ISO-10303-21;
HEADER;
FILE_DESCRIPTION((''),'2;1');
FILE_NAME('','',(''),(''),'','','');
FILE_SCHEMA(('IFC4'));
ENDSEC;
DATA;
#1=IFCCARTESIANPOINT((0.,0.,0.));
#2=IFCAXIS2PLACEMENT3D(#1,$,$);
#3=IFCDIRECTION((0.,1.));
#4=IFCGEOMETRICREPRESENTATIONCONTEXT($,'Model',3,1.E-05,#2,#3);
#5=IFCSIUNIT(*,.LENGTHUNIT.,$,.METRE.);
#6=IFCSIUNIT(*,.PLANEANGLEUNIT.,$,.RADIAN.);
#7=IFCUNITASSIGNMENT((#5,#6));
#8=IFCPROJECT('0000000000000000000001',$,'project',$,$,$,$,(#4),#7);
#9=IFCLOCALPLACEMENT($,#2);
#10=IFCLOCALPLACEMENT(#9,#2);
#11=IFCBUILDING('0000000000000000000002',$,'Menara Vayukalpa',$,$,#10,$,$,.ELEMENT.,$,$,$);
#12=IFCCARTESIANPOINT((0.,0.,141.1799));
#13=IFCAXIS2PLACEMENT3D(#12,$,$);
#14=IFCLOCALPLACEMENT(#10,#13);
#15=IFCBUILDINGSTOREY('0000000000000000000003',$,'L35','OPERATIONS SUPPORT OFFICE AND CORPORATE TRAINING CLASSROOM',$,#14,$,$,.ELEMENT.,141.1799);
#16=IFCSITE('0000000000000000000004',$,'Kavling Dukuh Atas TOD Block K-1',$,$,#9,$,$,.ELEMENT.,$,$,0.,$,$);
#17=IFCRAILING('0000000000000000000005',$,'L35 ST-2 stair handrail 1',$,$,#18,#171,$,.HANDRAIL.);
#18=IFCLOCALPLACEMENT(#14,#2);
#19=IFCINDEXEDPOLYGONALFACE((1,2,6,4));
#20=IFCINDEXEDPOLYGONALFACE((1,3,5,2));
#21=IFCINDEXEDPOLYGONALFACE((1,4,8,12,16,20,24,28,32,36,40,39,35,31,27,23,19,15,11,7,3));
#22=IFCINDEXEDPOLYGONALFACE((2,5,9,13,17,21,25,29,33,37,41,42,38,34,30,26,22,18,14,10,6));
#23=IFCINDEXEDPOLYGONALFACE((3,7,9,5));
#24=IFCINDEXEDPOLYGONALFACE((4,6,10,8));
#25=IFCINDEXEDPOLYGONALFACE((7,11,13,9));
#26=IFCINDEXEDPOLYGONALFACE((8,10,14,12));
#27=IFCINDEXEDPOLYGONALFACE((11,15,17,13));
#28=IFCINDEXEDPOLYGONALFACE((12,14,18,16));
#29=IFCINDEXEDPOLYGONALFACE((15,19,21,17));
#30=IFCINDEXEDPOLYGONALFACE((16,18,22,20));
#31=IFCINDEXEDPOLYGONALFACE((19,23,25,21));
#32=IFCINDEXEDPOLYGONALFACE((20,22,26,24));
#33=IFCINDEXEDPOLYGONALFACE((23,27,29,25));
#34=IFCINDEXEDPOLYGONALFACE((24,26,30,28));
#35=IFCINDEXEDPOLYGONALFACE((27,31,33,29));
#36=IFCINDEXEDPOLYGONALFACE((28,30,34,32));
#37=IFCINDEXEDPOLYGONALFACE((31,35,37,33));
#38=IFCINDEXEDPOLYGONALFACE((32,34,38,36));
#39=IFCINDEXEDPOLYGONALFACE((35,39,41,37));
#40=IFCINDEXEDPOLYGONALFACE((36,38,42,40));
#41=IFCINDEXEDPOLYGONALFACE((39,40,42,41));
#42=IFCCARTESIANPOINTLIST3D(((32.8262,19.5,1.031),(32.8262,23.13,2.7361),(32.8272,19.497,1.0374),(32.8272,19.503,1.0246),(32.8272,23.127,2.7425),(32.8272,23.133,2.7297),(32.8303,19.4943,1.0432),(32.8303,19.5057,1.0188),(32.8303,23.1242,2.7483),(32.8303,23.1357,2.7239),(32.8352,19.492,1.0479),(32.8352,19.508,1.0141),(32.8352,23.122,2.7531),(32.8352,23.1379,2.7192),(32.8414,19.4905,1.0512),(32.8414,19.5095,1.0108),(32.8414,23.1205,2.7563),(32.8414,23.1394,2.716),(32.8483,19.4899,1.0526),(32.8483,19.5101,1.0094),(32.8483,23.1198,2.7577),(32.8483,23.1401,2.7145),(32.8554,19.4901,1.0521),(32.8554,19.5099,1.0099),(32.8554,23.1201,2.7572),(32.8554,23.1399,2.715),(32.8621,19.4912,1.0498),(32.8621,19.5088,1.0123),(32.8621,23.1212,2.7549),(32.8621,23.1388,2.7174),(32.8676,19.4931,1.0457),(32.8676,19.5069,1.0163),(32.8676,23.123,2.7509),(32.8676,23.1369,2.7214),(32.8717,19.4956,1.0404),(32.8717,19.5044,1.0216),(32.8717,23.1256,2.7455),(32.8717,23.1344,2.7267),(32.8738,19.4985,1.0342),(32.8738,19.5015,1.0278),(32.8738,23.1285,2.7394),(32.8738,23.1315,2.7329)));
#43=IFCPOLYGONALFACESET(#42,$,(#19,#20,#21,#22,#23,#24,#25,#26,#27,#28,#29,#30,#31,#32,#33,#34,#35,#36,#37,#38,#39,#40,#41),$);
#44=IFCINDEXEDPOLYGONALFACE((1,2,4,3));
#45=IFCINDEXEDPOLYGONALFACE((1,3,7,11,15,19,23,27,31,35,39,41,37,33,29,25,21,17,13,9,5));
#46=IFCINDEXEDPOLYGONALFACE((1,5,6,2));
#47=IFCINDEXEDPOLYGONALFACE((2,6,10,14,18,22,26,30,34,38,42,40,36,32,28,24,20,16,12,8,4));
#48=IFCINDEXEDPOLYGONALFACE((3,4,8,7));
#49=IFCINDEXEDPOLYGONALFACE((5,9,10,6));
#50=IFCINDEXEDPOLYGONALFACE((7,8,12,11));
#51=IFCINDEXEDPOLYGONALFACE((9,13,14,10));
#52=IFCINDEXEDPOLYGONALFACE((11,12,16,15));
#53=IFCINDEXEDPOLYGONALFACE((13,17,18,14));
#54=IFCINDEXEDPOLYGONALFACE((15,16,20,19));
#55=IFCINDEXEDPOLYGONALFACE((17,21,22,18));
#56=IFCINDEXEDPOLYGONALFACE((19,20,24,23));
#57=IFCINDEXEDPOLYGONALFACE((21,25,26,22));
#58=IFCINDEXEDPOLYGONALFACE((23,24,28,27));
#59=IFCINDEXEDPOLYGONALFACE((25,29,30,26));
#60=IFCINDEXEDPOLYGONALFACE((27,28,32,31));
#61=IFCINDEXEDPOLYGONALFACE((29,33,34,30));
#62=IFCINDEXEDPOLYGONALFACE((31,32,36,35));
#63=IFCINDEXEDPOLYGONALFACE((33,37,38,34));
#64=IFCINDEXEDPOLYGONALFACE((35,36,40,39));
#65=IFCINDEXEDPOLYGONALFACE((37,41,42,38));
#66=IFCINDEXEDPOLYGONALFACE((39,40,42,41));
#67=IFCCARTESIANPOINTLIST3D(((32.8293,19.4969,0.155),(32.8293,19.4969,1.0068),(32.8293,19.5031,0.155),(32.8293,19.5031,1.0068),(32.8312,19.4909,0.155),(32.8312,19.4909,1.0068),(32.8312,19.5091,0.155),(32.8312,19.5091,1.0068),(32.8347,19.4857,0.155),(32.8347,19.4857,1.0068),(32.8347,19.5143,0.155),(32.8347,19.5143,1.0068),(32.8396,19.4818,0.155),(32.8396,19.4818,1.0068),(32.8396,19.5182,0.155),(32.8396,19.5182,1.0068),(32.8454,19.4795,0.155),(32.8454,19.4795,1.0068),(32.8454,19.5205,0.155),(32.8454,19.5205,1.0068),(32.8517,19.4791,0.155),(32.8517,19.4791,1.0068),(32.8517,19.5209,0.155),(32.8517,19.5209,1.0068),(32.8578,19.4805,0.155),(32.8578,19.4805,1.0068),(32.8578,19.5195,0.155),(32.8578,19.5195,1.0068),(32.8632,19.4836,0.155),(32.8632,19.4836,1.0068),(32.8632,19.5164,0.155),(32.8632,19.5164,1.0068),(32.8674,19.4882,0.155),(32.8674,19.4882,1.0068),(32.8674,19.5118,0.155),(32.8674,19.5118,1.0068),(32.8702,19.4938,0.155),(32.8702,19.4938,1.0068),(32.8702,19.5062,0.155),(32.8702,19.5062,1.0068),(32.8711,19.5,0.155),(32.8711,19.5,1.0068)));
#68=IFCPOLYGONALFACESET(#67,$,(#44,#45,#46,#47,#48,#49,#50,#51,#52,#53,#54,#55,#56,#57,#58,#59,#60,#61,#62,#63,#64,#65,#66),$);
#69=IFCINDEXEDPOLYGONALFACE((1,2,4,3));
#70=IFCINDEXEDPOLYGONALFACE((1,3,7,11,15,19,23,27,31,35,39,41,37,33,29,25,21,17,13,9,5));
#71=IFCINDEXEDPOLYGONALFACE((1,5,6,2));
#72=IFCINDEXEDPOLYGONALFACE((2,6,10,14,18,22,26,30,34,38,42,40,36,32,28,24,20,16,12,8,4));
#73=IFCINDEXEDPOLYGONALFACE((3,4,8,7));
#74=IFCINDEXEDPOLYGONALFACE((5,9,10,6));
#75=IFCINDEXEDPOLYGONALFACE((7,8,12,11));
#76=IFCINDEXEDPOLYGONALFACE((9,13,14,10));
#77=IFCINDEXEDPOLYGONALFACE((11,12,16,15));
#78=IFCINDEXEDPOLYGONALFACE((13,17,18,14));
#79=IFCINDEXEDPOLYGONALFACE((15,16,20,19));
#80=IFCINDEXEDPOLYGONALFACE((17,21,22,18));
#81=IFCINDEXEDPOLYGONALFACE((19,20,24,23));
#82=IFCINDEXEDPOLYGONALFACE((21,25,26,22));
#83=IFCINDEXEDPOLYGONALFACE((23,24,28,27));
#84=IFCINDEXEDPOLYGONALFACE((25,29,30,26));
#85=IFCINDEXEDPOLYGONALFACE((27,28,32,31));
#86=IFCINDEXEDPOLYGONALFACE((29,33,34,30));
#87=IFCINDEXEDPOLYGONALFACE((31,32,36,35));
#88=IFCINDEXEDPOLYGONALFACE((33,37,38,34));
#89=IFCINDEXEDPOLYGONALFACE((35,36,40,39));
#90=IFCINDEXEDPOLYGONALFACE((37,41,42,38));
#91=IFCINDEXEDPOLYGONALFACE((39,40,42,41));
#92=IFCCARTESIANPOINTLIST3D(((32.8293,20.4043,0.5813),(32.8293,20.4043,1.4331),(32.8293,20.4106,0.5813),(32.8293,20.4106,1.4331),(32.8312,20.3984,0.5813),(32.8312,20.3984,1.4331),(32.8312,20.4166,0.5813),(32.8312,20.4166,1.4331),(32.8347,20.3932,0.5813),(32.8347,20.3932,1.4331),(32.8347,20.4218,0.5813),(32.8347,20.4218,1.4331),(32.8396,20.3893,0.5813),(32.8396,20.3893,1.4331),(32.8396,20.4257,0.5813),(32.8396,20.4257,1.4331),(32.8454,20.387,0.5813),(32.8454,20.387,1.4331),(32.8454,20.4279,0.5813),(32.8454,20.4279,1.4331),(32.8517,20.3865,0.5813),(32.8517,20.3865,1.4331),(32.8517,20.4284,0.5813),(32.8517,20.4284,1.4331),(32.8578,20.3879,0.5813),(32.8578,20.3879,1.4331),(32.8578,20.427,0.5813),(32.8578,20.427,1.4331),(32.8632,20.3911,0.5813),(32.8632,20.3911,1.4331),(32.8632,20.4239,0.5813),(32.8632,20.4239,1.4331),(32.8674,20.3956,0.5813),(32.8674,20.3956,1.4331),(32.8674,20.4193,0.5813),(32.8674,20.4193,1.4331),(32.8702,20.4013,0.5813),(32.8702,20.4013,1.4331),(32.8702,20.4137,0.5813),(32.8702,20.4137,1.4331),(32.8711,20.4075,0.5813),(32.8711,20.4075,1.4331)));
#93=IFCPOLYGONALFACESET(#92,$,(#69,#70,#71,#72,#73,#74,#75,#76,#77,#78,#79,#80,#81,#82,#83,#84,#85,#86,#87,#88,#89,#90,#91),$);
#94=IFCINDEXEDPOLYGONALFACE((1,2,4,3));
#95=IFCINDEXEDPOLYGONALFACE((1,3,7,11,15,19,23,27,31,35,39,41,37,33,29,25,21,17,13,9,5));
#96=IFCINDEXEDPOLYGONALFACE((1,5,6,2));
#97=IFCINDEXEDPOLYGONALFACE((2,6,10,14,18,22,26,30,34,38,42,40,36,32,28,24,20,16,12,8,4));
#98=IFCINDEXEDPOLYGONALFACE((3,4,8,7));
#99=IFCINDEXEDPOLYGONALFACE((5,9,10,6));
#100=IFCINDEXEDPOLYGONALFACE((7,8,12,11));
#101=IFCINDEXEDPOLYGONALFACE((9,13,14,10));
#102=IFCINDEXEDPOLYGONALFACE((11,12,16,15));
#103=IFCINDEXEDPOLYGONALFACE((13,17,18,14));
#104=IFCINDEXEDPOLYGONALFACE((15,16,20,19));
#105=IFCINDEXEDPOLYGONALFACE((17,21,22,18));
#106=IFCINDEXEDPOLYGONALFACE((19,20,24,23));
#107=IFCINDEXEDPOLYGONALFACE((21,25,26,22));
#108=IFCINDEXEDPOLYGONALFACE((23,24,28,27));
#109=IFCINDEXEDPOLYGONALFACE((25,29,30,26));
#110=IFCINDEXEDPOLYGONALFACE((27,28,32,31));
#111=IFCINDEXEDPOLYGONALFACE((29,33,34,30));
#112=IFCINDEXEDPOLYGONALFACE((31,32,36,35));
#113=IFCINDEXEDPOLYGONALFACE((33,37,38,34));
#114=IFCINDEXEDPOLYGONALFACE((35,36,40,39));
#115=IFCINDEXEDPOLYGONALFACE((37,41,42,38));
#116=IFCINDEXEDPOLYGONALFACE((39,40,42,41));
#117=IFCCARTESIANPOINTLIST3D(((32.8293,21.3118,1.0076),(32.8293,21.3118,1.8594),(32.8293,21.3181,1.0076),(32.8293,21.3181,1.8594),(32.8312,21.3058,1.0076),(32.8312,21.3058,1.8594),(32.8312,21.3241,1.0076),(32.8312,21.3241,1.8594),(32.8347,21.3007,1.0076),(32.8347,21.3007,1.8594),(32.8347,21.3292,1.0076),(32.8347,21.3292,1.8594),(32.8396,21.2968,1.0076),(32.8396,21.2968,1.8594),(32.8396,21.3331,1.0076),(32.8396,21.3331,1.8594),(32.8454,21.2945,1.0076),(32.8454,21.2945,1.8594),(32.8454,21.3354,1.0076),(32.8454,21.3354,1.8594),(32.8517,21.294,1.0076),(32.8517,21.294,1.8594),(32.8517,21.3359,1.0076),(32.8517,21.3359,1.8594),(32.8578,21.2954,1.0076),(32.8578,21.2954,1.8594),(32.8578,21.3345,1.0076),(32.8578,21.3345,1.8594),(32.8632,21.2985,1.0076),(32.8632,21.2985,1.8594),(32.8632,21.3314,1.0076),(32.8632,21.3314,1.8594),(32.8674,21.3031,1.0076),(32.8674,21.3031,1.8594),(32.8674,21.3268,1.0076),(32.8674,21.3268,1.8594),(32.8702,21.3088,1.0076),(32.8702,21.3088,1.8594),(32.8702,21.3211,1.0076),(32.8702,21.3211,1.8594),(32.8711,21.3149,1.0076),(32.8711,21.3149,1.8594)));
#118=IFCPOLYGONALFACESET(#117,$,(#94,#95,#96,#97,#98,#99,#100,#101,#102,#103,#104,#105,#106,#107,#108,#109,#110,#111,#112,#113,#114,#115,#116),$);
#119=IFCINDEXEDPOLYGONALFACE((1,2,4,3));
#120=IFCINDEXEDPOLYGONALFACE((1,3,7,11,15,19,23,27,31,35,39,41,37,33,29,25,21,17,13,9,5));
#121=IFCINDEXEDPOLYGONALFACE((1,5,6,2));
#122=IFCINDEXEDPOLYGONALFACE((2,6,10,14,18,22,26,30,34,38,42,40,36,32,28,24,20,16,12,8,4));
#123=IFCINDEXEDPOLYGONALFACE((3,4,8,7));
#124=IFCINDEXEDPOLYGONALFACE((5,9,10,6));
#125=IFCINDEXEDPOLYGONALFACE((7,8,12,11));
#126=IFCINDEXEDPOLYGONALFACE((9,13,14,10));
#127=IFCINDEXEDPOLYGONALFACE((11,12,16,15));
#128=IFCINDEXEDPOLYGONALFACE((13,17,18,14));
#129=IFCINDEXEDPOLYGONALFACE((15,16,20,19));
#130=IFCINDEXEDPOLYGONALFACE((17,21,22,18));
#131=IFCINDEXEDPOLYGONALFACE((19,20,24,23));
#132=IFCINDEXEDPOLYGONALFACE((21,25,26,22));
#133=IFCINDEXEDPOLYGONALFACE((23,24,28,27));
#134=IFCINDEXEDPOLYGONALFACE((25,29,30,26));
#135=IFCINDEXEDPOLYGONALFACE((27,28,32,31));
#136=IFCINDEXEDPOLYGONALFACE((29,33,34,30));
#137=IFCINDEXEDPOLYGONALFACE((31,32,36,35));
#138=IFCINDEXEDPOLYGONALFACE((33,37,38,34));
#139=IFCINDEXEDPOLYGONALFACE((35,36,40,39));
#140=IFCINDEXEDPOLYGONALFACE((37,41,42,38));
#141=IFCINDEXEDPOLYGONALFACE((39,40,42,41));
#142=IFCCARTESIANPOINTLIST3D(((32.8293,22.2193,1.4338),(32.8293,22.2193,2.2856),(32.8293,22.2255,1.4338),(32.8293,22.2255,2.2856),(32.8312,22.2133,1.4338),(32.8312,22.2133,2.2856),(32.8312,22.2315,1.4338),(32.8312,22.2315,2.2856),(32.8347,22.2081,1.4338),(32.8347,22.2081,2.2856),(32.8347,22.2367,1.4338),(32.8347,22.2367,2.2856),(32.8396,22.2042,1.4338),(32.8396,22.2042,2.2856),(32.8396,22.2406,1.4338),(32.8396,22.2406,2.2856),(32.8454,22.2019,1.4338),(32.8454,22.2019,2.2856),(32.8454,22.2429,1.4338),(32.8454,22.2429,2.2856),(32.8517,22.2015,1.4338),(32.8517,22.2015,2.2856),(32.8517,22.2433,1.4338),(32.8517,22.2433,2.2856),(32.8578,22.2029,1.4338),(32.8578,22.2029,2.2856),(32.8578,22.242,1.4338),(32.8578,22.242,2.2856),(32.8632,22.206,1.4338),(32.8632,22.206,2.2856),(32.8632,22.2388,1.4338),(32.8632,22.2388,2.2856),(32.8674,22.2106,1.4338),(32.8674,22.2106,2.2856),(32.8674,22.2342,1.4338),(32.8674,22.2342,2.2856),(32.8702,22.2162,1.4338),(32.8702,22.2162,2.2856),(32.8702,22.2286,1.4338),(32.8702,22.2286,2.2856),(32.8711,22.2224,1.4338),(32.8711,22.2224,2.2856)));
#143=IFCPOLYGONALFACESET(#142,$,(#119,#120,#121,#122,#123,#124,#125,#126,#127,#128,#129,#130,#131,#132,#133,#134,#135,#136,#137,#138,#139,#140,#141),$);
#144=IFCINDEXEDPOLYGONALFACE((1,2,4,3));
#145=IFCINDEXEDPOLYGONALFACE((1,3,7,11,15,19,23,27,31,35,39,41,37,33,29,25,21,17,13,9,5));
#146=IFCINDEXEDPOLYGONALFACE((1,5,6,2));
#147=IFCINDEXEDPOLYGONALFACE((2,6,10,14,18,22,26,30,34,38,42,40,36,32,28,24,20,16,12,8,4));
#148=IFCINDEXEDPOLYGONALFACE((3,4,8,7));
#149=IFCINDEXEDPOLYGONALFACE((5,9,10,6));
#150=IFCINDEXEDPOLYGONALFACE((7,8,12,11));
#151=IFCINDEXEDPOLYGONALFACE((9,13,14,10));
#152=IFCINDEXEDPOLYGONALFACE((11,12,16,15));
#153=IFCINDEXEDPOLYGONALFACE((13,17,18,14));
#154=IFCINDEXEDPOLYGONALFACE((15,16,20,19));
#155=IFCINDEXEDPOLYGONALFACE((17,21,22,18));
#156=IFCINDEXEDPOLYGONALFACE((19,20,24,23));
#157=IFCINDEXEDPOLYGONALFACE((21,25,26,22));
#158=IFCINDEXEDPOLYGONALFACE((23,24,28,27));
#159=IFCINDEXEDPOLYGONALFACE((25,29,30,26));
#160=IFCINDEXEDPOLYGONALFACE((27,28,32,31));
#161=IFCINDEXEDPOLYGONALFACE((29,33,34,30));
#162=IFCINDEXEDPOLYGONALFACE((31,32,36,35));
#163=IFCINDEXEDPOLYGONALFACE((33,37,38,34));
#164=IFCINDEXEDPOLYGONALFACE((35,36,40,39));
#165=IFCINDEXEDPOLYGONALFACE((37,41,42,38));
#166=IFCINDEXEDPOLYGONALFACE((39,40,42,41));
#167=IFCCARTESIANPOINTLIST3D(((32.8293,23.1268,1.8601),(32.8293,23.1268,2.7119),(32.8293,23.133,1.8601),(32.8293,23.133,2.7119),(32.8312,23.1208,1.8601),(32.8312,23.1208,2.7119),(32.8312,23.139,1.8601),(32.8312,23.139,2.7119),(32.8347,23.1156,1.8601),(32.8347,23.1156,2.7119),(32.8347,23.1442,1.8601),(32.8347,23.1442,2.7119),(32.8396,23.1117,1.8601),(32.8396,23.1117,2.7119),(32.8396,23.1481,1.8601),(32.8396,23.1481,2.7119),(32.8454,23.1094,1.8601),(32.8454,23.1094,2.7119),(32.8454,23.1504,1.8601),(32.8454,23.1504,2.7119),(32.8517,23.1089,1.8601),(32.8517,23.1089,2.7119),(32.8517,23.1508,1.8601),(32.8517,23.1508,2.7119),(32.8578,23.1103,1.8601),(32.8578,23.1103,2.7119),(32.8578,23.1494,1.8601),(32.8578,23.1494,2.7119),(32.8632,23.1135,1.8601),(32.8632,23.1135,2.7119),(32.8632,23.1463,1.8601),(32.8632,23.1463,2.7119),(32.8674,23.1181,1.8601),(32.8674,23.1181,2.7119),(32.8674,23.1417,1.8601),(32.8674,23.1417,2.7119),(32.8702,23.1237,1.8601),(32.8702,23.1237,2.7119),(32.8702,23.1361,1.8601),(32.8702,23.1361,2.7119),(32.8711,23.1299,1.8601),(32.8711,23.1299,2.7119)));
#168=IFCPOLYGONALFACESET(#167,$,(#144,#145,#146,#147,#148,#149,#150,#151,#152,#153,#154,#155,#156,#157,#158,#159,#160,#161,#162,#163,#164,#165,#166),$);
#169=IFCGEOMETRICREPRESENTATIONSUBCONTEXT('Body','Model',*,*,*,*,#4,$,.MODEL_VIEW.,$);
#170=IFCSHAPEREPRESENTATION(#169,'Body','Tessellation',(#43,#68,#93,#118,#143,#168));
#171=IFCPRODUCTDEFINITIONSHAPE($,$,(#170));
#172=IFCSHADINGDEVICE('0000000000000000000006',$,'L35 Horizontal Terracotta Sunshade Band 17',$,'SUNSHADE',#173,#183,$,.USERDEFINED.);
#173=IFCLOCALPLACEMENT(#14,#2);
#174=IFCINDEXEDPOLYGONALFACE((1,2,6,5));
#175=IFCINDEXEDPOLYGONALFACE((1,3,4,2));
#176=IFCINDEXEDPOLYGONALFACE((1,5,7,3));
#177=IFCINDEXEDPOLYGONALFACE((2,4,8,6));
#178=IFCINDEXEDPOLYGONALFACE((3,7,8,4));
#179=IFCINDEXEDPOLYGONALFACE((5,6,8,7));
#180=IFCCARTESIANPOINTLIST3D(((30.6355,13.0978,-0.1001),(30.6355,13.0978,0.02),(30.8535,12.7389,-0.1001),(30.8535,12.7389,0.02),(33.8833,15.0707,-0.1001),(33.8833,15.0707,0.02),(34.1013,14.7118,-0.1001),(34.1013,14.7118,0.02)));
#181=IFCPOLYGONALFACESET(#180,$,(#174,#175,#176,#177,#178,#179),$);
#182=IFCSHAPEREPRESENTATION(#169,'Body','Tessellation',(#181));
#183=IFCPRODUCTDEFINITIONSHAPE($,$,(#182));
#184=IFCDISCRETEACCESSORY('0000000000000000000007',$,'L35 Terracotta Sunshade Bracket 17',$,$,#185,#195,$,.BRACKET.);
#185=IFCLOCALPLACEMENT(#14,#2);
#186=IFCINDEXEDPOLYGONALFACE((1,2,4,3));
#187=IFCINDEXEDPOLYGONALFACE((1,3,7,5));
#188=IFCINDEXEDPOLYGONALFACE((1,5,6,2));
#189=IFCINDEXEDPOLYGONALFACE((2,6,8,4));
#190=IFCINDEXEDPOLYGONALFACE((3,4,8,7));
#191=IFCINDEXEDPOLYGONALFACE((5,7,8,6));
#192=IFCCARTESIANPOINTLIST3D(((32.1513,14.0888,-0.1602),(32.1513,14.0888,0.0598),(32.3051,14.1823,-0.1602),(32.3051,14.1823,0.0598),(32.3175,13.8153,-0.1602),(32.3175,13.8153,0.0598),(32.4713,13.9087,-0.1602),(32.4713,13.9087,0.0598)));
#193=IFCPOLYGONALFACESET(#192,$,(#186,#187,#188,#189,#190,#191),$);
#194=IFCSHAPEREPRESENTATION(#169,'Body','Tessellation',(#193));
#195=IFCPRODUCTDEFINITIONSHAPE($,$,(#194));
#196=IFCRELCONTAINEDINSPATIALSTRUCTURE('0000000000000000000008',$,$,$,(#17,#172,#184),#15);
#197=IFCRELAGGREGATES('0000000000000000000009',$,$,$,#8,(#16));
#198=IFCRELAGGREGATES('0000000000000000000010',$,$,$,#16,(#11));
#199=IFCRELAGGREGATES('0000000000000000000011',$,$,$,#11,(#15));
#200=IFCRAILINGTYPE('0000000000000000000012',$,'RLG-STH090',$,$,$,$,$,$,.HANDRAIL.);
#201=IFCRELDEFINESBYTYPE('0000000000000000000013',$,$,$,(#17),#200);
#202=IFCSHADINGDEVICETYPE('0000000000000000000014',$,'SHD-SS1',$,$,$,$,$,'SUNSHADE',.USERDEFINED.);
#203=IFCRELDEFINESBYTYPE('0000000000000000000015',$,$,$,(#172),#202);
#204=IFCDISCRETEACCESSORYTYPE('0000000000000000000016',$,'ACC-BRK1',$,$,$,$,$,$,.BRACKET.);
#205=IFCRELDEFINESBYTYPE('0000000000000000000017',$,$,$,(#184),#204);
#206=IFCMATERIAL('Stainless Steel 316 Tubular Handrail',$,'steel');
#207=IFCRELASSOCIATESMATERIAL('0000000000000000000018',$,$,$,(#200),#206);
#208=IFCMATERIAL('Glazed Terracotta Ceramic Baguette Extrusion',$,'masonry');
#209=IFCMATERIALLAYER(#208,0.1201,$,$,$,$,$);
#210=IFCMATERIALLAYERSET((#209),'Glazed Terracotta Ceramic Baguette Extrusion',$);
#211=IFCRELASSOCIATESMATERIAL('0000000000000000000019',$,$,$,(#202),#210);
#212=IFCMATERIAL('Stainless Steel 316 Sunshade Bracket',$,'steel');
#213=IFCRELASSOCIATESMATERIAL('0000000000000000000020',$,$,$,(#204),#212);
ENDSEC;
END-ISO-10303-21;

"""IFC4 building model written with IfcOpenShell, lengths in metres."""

from ifc_helpers import new_model, si_unit, direction, frame, origin, origin_2d, place, context, subcontext, project, spatial, rectangle, circle, extrude, material, layer, layer_set, type_object, element, save


model = new_model("IFC4")

# Units and contexts
model_context = context("Model", 3, precision=1e-05, world=origin(), true_north=direction((0.0, 1.0)))
body_context = subcontext(model_context, "Body", "Model", "MODEL_VIEW")
ifc_project = project(units=[si_unit("LENGTHUNIT", "METRE"), si_unit("PLANEANGLEUNIT", "RADIAN")], contexts=[model_context])

# Site, building, storey
site_placement = place(None, origin())
site = spatial("IfcSite", under=ifc_project, at=site_placement, Name="Kavling Dukuh Atas TOD Block K-1", CompositionType="ELEMENT", RefElevation=0.0)
building_placement = place(site_placement, origin())
building = spatial("IfcBuilding", under=site, at=building_placement, Name="Menara Vayukalpa", CompositionType="ELEMENT")
storey_placement = place(building_placement, frame((0.0, 0.0, 141.1799)))
storey = spatial("IfcBuildingStorey", under=building, at=storey_placement, Name="L35", Description="OPERATIONS SUPPORT OFFICE AND CORPORATE TRAINING CLASSROOM", CompositionType="ELEMENT", Elevation=141.1799)

# Railing
ifc_material_1 = material(Name="Stainless Steel 316 Tubular Handrail", Category="steel")
railing_type_1 = type_object("IfcRailingType", Name="RLG-STH090", PredefinedType="HANDRAIL", material=ifc_material_1)
railing_1_placement = place(storey_placement, frame((32.8501, 19.5, 0.155)))
element("IfcRailing", 1, at=railing_1_placement, inside=storey, type_object=railing_type_1, Name="L35 ST-2 stair handrail 1", PredefinedType="HANDRAIL", context=body_context, shape_type="SweptSolid", body=[
    extrude(circle(Radius=0.0239, at=origin_2d()), frame((0.0, 0.0, 0.876), z_axis=(0.0, 0.905116, 0.425164), x_axis=(-1.0, 0.0, 0.0)), (0.0, 0.0, 1.0), 4.0105),
    extrude(circle(Radius=0.021, at=origin_2d()), origin(), (0.0, 0.0, 1.0), 0.8518),
    extrude(circle(Radius=0.021, at=origin_2d()), frame((0.0, 0.9075, 0.4263)), (0.0, 0.0, 1.0), 0.8518),
    extrude(circle(Radius=0.021, at=origin_2d()), frame((0.0, 1.8149, 0.8525)), (0.0, 0.0, 1.0), 0.8518),
    extrude(circle(Radius=0.021, at=origin_2d()), frame((0.0, 2.7224, 1.2788)), (0.0, 0.0, 1.0), 0.8518),
    extrude(circle(Radius=0.021, at=origin_2d()), frame((0.0, 3.6299, 1.7051)), (0.0, 0.0, 1.0), 0.8518),
])

# Shading device
ifc_material_2 = material(Name="Glazed Terracotta Ceramic Baguette Extrusion", Category="masonry")
ifc_layer_1 = layer(ifc_material_2, 0.1201)
ifc_layer_set_1 = layer_set([ifc_layer_1], Name="Glazed Terracotta Ceramic Baguette Extrusion")
shading_device_type = type_object("IfcShadingDeviceType", Name="SHD-SS1", ElementType="SUNSHADE", PredefinedType="USERDEFINED", material=ifc_layer_set_1)
shading_device_placement = place(storey_placement, frame((32.3684, 13.9048, -0.1001), z_axis=(0.0, 0.0, 1.0), x_axis=(0.854658, 0.519191, 0.0)))
element("IfcShadingDevice", 2, at=shading_device_placement, inside=storey, type_object=shading_device_type, Name="L35 Horizontal Terracotta Sunshade Band 17", ObjectType="SUNSHADE", PredefinedType="USERDEFINED", context=body_context, shape_type="SweptSolid", body=[
    extrude(rectangle(XDim=3.8, YDim=0.4199, at=origin_2d()), origin(), (0.0, 0.0, 1.0), 0.1201),
])

# Discrete accessory
ifc_material_3 = material(Name="Stainless Steel 316 Sunshade Bracket", Category="steel")
discrete_accessory_type = type_object("IfcDiscreteAccessoryType", Name="ACC-BRK1", PredefinedType="BRACKET", material=ifc_material_3)
discrete_accessory_placement = place(storey_placement, frame((32.3113, 13.9988, -0.1602), z_axis=(0.0, 0.0, 1.0), x_axis=(0.854658, 0.519191, 0.0)))
element("IfcDiscreteAccessory", 3, at=discrete_accessory_placement, inside=storey, type_object=discrete_accessory_type, Name="L35 Terracotta Sunshade Bracket 17", PredefinedType="BRACKET", context=body_context, shape_type="SweptSolid", body=[
    extrude(rectangle(XDim=0.1799, YDim=0.3201, at=origin_2d()), origin(), (0.0, 0.0, 1.0), 0.22),
])

save(model, "model.ifc")
